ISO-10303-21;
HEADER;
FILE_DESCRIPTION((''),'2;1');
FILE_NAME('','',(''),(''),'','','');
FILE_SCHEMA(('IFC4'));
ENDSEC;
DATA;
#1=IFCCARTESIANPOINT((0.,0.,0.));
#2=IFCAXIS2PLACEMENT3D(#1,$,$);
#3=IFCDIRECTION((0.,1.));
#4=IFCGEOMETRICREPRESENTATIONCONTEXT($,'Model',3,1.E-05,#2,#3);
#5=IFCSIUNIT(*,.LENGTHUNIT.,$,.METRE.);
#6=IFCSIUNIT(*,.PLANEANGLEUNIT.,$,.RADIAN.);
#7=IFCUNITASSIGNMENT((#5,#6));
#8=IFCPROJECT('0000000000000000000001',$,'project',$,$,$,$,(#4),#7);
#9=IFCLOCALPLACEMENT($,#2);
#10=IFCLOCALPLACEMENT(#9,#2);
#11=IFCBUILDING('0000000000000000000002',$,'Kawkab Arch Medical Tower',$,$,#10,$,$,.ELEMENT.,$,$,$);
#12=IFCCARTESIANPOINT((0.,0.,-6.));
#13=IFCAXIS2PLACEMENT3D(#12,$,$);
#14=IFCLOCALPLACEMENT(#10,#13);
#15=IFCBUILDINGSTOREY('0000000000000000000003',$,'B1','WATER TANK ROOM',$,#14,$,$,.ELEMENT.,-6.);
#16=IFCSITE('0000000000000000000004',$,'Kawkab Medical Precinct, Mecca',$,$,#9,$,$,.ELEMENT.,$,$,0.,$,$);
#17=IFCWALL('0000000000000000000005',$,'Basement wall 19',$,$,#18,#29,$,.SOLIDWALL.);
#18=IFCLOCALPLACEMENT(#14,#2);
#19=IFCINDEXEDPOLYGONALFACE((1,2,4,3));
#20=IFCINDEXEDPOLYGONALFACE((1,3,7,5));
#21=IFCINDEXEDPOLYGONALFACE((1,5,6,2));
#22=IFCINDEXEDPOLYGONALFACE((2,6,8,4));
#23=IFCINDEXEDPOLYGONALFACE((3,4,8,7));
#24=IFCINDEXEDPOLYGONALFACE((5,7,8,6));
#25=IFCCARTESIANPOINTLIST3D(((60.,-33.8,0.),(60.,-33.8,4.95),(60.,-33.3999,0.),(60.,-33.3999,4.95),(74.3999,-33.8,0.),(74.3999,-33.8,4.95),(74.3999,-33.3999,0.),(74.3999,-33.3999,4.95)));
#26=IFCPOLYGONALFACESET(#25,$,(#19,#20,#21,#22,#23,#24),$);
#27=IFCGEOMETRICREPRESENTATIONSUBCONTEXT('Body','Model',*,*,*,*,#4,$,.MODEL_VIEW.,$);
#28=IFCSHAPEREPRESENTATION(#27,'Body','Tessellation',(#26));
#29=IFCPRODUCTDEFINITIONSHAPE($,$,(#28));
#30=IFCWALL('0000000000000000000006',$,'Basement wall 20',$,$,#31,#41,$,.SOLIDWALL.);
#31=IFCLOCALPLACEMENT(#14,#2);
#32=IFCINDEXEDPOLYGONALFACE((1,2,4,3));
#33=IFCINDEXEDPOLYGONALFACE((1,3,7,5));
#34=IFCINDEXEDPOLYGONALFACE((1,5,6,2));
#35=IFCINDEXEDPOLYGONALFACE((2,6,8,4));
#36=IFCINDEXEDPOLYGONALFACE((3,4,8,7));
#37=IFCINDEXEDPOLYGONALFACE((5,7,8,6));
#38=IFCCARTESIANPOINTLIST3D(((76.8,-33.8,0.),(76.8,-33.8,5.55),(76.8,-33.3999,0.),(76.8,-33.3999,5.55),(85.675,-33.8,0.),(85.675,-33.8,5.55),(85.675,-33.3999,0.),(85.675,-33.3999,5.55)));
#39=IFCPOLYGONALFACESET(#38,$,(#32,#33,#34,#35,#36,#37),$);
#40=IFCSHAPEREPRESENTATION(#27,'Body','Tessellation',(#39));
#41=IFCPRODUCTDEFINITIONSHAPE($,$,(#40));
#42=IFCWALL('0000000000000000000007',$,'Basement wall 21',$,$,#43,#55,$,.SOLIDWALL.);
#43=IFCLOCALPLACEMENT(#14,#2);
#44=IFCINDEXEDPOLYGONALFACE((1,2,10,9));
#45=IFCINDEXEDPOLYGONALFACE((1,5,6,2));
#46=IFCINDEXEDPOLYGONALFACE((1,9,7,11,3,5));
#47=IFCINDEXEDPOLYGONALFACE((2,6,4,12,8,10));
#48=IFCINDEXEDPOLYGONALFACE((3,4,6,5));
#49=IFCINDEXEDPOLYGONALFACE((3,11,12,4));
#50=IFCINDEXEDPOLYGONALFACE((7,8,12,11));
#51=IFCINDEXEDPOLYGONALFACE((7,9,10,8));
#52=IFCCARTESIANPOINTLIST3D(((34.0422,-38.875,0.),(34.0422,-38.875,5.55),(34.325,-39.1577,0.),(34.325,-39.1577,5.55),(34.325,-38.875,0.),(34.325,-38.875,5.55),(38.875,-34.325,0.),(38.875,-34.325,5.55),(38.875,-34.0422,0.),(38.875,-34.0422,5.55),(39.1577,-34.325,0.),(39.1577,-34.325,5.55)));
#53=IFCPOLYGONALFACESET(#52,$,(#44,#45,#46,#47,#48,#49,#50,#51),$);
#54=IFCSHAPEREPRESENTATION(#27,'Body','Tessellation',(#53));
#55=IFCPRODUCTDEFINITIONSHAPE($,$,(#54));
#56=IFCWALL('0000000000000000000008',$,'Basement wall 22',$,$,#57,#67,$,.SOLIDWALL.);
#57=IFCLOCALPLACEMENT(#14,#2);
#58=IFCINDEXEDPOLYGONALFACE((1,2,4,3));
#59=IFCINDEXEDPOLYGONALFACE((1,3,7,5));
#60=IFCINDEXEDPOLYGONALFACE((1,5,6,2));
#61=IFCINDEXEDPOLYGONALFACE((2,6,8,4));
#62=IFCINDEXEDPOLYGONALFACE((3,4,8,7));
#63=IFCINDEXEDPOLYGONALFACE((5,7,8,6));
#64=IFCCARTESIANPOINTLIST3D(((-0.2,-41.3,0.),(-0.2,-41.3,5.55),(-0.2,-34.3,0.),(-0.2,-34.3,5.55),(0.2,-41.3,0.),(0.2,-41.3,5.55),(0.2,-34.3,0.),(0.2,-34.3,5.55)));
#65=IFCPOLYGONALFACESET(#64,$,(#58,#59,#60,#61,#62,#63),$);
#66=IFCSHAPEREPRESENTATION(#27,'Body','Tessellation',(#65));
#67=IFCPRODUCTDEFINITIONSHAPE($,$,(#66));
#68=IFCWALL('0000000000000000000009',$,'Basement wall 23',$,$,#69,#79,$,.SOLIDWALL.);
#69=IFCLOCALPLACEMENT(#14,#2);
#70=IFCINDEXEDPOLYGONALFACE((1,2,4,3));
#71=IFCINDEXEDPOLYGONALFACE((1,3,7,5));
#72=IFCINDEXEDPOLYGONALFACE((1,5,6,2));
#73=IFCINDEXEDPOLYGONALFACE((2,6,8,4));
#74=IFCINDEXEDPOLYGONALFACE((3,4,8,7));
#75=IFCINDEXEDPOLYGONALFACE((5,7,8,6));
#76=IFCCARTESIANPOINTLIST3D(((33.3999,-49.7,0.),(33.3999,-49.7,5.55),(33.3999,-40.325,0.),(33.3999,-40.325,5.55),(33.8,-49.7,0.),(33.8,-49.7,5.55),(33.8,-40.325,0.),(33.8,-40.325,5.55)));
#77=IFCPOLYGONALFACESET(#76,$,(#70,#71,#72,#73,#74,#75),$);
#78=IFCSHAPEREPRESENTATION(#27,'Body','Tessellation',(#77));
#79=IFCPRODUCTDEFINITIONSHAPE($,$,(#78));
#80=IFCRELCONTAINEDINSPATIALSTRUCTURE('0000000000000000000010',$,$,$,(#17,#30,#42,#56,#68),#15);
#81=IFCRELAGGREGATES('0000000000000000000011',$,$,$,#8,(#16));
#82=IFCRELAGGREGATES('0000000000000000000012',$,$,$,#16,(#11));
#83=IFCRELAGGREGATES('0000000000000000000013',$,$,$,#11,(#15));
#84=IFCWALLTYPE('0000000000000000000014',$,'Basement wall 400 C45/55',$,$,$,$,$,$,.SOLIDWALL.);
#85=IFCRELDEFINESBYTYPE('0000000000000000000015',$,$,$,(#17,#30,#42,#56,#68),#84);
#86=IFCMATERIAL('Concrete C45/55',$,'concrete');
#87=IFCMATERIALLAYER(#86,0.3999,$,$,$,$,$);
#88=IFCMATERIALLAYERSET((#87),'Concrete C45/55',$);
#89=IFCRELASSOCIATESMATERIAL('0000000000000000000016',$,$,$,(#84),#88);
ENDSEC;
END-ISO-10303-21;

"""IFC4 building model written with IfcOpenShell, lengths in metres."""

from ifc_helpers import new_model, si_unit, direction, frame, origin, place, context, subcontext, project, spatial, polyline, outline, extrude, material, layer, layer_set, type_object, element, save


model = new_model("IFC4")

# Units and contexts
model_context = context("Model", 3, precision=1e-05, world=origin(), true_north=direction((0.0, 1.0)))
body_context = subcontext(model_context, "Body", "Model", "MODEL_VIEW")
ifc_project = project(units=[si_unit("LENGTHUNIT", "METRE"), si_unit("PLANEANGLEUNIT", "RADIAN")], contexts=[model_context])

# Site, building, storey
site_placement = place(None, origin())
site = spatial("IfcSite", under=ifc_project, at=site_placement, Name="Kawkab Medical Precinct, Mecca", CompositionType="ELEMENT", RefElevation=0.0)
building_placement = place(site_placement, origin())
building = spatial("IfcBuilding", under=site, at=building_placement, Name="Kawkab Arch Medical Tower", CompositionType="ELEMENT")
storey_placement = place(building_placement, frame((0.0, 0.0, -6.0)))
storey = spatial("IfcBuildingStorey", under=building, at=storey_placement, Name="B1", Description="WATER TANK ROOM", CompositionType="ELEMENT", Elevation=-6.0)

# Walls
ifc_material = material(Name="Concrete C45/55", Category="concrete")
ifc_layer = layer(ifc_material, 0.3999)
ifc_layer_set = layer_set([ifc_layer], Name="Concrete C45/55")
wall_type = type_object("IfcWallType", Name="Basement wall 400 C45/55", PredefinedType="SOLIDWALL", material=ifc_layer_set)
placement = place(storey_placement, origin())
element("IfcWall", 1, at=placement, inside=storey, type_object=wall_type, Name="Basement wall 19", PredefinedType="SOLIDWALL", context=body_context, shape_type="SweptSolid", body=[
    extrude(outline(polyline([(60.0, -33.3999), (74.3999, -33.3999), (74.3999, -33.8), (60.0, -33.8), (60.0, -33.3999)])), origin(), (0.0, 0.0, 1.0), 4.95),
])
element("IfcWall", 2, at=placement, inside=storey, type_object=wall_type, Name="Basement wall 20", PredefinedType="SOLIDWALL", context=body_context, shape_type="SweptSolid", body=[
    extrude(outline(polyline([(76.8, -33.3999), (85.675, -33.3999), (85.675, -33.8), (76.8, -33.8), (76.8, -33.3999)])), origin(), (0.0, 0.0, 1.0), 5.55),
])
element("IfcWall", 3, at=placement, inside=storey, type_object=wall_type, Name="Basement wall 21", PredefinedType="SOLIDWALL", context=body_context, shape_type="SweptSolid", body=[
    extrude(outline(polyline([(34.325, -38.875), (34.0422, -38.875), (38.875, -34.0422), (38.875, -34.325), (39.1577, -34.325), (34.325, -39.1577), (34.325, -38.875)])), origin(), (0.0, 0.0, 1.0), 5.55),
])
element("IfcWall", 4, at=placement, inside=storey, type_object=wall_type, Name="Basement wall 22", PredefinedType="SOLIDWALL", context=body_context, shape_type="SweptSolid", body=[
    extrude(outline(polyline([(0.2, -34.3), (0.2, -41.3), (-0.2, -41.3), (-0.2, -34.3), (0.2, -34.3)])), origin(), (0.0, 0.0, 1.0), 5.55),
])
element("IfcWall", 5, at=placement, inside=storey, type_object=wall_type, Name="Basement wall 23", PredefinedType="SOLIDWALL", context=body_context, shape_type="SweptSolid", body=[
    extrude(outline(polyline([(33.3999, -49.7), (33.3999, -40.325), (33.8, -40.325), (33.8, -49.7), (33.3999, -49.7)])), origin(), (0.0, 0.0, 1.0), 5.55),
])

save(model, "model.ifc")
